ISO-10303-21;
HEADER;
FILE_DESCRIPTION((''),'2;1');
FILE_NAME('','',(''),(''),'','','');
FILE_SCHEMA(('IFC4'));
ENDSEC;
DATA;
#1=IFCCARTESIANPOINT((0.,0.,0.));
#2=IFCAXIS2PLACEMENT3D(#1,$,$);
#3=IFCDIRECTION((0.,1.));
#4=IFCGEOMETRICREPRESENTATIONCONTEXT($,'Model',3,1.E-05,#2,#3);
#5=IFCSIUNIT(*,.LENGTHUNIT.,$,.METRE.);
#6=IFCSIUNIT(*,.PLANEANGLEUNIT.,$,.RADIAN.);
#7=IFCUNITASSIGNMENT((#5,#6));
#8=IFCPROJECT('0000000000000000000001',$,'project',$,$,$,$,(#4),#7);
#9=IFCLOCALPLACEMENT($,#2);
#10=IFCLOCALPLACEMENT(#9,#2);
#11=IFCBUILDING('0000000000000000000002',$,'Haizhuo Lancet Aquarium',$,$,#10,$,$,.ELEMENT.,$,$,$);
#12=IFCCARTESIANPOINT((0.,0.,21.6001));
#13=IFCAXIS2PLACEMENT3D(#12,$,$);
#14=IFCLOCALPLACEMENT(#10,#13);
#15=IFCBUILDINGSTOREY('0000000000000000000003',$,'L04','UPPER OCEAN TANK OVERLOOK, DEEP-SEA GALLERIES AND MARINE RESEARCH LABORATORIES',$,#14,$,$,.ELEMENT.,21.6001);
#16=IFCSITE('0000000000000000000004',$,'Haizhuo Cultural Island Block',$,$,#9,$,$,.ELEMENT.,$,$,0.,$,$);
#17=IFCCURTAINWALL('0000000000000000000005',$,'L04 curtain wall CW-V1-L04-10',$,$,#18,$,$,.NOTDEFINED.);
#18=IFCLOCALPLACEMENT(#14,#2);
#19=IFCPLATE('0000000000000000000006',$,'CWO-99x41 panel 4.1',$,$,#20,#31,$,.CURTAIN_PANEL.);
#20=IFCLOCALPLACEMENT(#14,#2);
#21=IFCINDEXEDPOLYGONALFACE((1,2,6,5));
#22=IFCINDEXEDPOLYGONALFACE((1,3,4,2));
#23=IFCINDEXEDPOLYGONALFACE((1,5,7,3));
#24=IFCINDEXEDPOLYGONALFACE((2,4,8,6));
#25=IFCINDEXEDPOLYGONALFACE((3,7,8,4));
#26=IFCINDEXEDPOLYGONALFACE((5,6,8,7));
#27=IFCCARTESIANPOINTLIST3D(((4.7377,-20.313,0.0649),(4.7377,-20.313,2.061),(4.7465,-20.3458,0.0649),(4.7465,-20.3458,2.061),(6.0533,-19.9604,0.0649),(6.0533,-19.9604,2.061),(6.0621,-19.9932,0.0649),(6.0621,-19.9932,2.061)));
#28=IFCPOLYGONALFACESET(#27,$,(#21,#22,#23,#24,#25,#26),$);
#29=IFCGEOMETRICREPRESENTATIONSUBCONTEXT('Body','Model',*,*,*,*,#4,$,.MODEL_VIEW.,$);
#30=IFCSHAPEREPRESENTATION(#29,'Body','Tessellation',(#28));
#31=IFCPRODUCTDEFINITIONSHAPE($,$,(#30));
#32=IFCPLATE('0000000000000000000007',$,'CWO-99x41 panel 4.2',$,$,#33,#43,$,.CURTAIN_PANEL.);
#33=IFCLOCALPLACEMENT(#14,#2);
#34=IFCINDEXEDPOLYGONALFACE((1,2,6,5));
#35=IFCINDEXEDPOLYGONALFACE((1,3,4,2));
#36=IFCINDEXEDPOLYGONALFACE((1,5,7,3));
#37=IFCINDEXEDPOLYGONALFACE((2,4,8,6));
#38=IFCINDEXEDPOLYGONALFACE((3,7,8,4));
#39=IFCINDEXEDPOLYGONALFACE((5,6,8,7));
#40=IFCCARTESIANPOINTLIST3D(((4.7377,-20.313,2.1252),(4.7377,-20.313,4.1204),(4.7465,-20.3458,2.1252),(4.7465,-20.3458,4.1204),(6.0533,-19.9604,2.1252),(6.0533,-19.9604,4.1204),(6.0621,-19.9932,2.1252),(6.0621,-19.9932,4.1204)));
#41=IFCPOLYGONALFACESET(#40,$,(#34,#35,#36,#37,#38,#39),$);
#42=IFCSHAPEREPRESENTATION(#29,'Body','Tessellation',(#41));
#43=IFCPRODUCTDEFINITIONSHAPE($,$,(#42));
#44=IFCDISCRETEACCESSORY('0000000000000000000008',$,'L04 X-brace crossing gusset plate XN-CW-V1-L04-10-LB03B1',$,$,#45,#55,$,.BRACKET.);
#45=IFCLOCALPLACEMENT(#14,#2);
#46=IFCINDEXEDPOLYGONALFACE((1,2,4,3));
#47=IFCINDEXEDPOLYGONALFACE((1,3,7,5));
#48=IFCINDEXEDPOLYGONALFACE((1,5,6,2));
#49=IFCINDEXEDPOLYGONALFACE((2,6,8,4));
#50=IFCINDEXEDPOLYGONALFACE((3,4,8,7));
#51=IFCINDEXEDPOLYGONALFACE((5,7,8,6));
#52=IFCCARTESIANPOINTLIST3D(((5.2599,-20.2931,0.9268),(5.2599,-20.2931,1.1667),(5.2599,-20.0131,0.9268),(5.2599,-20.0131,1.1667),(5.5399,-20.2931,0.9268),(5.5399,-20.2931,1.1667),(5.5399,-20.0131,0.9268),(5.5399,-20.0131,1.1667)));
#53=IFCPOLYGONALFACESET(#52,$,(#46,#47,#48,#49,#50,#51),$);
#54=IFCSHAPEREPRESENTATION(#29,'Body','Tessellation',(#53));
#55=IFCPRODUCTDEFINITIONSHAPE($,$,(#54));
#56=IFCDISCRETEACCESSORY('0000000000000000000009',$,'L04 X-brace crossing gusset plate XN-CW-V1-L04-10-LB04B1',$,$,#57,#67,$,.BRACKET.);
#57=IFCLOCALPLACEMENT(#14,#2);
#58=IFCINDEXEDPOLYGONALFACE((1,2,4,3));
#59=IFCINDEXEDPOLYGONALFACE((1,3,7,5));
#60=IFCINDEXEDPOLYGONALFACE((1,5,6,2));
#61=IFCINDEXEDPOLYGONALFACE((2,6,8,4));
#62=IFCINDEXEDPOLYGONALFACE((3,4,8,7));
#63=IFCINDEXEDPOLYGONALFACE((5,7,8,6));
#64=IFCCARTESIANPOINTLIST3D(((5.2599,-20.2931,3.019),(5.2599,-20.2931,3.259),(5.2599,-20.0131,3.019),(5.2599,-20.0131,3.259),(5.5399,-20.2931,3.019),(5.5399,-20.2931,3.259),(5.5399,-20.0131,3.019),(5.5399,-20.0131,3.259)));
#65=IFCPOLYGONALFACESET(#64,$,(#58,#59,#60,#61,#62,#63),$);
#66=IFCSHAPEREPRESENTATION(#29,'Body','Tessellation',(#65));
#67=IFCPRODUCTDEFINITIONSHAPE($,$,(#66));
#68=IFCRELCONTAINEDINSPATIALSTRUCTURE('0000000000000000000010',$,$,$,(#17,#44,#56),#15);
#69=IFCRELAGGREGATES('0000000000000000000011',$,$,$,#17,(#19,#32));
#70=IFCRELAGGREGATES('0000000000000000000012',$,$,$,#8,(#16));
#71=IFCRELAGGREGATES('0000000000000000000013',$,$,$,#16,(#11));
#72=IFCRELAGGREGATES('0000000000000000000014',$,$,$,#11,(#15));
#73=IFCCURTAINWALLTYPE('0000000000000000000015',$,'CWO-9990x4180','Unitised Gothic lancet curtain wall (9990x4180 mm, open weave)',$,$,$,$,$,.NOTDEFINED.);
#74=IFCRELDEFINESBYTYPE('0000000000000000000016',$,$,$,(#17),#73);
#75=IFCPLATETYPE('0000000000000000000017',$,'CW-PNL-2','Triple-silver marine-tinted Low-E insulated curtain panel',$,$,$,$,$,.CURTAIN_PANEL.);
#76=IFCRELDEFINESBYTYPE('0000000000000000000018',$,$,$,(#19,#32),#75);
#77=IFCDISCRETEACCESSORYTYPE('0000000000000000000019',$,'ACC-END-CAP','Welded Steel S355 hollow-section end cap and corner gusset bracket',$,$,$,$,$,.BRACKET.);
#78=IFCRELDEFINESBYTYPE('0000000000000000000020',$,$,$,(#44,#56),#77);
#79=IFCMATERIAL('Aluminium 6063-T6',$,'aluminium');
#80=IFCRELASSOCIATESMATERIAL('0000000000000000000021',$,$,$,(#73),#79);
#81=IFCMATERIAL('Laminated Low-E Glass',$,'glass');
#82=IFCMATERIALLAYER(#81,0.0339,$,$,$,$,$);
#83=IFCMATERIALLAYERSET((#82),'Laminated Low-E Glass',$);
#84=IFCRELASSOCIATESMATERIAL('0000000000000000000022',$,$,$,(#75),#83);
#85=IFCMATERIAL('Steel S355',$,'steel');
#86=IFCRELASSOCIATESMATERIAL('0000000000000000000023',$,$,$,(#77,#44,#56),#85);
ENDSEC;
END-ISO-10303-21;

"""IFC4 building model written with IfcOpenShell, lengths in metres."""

from ifc_helpers import new_model, si_unit, direction, frame, origin, origin_2d, place, context, subcontext, project, spatial, rectangle, extrude, material, layer, layer_set, type_object, element, aggregate, save


model = new_model("IFC4")

# Units and contexts
model_context = context("Model", 3, precision=1e-05, world=origin(), true_north=direction((0.0, 1.0)))
body_context = subcontext(model_context, "Body", "Model", "MODEL_VIEW")
ifc_project = project(units=[si_unit("LENGTHUNIT", "METRE"), si_unit("PLANEANGLEUNIT", "RADIAN")], contexts=[model_context])

# Site, building, storey
site_placement = place(None, origin())
site = spatial("IfcSite", under=ifc_project, at=site_placement, Name="Haizhuo Cultural Island Block", CompositionType="ELEMENT", RefElevation=0.0)
building_placement = place(site_placement, origin())
building = spatial("IfcBuilding", under=site, at=building_placement, Name="Haizhuo Lancet Aquarium", CompositionType="ELEMENT")
storey_placement = place(building_placement, frame((0.0, 0.0, 21.6001)))
storey = spatial("IfcBuildingStorey", under=building, at=storey_placement, Name="L04", Description="UPPER OCEAN TANK OVERLOOK, DEEP-SEA GALLERIES AND MARINE RESEARCH LABORATORIES", CompositionType="ELEMENT", Elevation=21.6001)

# Curtain wall
ifc_material_1 = material(Name="Aluminium 6063-T6", Category="aluminium")
curtain_wall_type = type_object("IfcCurtainWallType", Name="CWO-9990x4180", Description="Unitised Gothic lancet curtain wall (9990x4180 mm, open weave)", PredefinedType="NOTDEFINED", material=ifc_material_1)
curtain_wall_placement = place(storey_placement, origin())
curtain_wall = element("IfcCurtainWall", 1, at=curtain_wall_placement, inside=storey, type_object=curtain_wall_type, Name="L04 curtain wall CW-V1-L04-10", PredefinedType="NOTDEFINED")

# Shared definitions
ifc_material_2 = material(Name="Steel S355", Category="steel")

# Plates
ifc_material_3 = material(Name="Laminated Low-E Glass", Category="glass")
ifc_layer = layer(ifc_material_3, 0.0339)
ifc_layer_set = layer_set([ifc_layer], Name="Laminated Low-E Glass")
plate_type = type_object("IfcPlateType", Name="CW-PNL-2", Description="Triple-silver marine-tinted Low-E insulated curtain panel", PredefinedType="CURTAIN_PANEL", material=ifc_layer_set)
plate_1_placement = place(storey_placement, frame((5.3999, -20.1531, 0.0649), z_axis=(0.0, 0.0, 1.0), x_axis=(-0.965917, -0.258853, 0.0)))
plate_1 = element("IfcPlate", 2, at=plate_1_placement, type_object=plate_type, Name="CWO-99x41 panel 4.1", PredefinedType="CURTAIN_PANEL", context=body_context, shape_type="SweptSolid", body=[
    extrude(rectangle(XDim=1.3621, YDim=0.0339, at=origin_2d()), origin(), (0.0, 0.0, 1.0), 1.9961),
])
plate_2_placement = place(storey_placement, frame((5.3999, -20.1531, 2.1252), z_axis=(0.0, 0.0, 1.0), x_axis=(-0.965917, -0.258853, 0.0)))
plate_2 = element("IfcPlate", 3, at=plate_2_placement, type_object=plate_type, Name="CWO-99x41 panel 4.2", PredefinedType="CURTAIN_PANEL", context=body_context, shape_type="SweptSolid", body=[
    extrude(rectangle(XDim=1.3621, YDim=0.0339, at=origin_2d()), origin(), (0.0, 0.0, 1.0), 1.9951),
])
aggregate(curtain_wall, [plate_1, plate_2])

# Discrete accessories
discrete_accessory_type = type_object("IfcDiscreteAccessoryType", Name="ACC-END-CAP", Description="Welded Steel S355 hollow-section end cap and corner gusset bracket", PredefinedType="BRACKET", material=ifc_material_2)
for number, where, z_axis, x_axis, name in (
    (4, (5.3999, -20.1531, 0.9268), (0.0, 0.0, 1.0), (1.0, 0.0, 0.0), "L04 X-brace crossing gusset plate XN-CW-V1-L04-10-LB03B1"),
    (5, (5.3999, -20.1531, 3.019), (0.0, 0.0, 1.0), (1.0, 0.0, 0.0), "L04 X-brace crossing gusset plate XN-CW-V1-L04-10-LB04B1"),
):
    element("IfcDiscreteAccessory", number, at=place(storey_placement, frame(where, z_axis=z_axis, x_axis=x_axis)), inside=storey, type_object=discrete_accessory_type, material=ifc_material_2, Name=name, PredefinedType="BRACKET", context=body_context, shape_type="SweptSolid", body=[
        extrude(rectangle(XDim=0.28, YDim=0.28, at=origin_2d()), origin(), (0.0, 0.0, 1.0), 0.24),
    ])

save(model, "model.ifc")
